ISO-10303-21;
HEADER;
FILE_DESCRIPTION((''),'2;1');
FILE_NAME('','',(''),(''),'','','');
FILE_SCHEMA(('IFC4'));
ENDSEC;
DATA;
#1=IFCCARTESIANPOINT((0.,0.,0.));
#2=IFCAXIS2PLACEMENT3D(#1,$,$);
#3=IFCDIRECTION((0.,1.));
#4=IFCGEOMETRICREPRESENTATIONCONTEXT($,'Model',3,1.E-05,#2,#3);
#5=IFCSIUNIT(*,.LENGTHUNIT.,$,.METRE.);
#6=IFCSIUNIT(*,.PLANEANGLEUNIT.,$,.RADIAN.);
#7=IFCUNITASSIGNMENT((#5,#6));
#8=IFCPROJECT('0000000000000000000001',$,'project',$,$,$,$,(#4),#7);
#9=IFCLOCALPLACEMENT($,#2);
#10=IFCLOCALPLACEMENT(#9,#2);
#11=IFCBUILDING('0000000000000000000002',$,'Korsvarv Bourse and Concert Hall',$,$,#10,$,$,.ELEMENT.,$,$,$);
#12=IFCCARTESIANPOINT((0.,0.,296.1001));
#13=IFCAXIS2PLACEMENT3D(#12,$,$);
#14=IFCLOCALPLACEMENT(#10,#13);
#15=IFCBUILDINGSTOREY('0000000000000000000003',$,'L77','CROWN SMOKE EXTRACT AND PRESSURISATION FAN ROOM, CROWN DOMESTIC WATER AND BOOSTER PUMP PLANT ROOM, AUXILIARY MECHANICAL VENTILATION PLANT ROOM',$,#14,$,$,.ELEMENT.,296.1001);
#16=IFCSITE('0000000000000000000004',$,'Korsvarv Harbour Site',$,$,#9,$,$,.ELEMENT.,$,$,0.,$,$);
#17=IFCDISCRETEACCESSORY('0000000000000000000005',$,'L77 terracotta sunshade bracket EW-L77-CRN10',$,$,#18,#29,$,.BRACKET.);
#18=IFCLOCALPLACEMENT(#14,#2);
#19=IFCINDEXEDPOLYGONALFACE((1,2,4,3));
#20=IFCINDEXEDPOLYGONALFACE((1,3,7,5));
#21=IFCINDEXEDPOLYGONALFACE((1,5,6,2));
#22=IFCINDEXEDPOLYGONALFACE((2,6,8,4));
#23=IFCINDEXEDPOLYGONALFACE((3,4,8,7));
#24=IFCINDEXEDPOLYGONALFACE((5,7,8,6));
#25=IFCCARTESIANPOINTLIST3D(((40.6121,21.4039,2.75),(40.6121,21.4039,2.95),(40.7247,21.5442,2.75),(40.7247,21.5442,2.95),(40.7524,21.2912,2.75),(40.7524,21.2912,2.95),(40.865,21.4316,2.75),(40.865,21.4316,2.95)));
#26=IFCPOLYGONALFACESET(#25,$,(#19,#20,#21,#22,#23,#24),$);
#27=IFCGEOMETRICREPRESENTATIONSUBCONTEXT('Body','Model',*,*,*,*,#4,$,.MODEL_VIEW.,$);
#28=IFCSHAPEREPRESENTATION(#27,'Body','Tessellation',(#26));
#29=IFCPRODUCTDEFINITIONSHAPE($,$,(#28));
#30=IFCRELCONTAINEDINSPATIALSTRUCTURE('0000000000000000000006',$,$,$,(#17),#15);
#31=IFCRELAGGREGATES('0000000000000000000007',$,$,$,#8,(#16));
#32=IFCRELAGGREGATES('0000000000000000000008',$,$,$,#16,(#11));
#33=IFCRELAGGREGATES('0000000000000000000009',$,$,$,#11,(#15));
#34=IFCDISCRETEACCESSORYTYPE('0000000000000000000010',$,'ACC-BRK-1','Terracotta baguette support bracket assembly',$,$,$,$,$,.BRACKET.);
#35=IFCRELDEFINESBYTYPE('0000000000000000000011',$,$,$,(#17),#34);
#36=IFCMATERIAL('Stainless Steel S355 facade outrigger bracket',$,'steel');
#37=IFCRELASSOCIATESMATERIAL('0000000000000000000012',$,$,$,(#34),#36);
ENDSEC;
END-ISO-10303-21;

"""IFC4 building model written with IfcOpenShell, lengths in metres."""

from ifc_helpers import new_model, si_unit, direction, frame, origin, origin_2d, place, context, subcontext, project, spatial, rectangle, extrude, source, transform, mapped, material, type_object, element, save


model = new_model("IFC4")

# Units and contexts
model_context = context("Model", 3, precision=1e-05, world=origin(), true_north=direction((0.0, 1.0)))
body_context = subcontext(model_context, "Body", "Model", "MODEL_VIEW")
ifc_project = project(units=[si_unit("LENGTHUNIT", "METRE"), si_unit("PLANEANGLEUNIT", "RADIAN")], contexts=[model_context])

# Site, building, storey
site_placement = place(None, origin())
site = spatial("IfcSite", under=ifc_project, at=site_placement, Name="Korsvarv Harbour Site", CompositionType="ELEMENT", RefElevation=0.0)
building_placement = place(site_placement, origin())
building = spatial("IfcBuilding", under=site, at=building_placement, Name="Korsvarv Bourse and Concert Hall", CompositionType="ELEMENT")
storey_placement = place(building_placement, frame((0.0, 0.0, 296.1001)))
storey = spatial("IfcBuildingStorey", under=building, at=storey_placement, Name="L77", Description="CROWN SMOKE EXTRACT AND PRESSURISATION FAN ROOM, CROWN DOMESTIC WATER AND BOOSTER PUMP PLANT ROOM, AUXILIARY MECHANICAL VENTILATION PLANT ROOM", CompositionType="ELEMENT", Elevation=296.1001)

# Discrete accessory
ifc_material_1 = material(Name="Stainless Steel S355 facade outrigger bracket", Category="steel")
discrete_accessory_type = type_object("IfcDiscreteAccessoryType", Name="ACC-BRK-1", Description="Terracotta baguette support bracket assembly", PredefinedType="BRACKET", material=ifc_material_1)
shared_shape_1 = source(origin(), body_context, "Body", "SweptSolid", [
    extrude(rectangle(XDim=0.1799, YDim=0.1799, at=origin_2d()), origin(), (0.0, 0.0, 1.0), 0.2),
])
for number, where, z_axis, x_axis, name in (
    (1, (40.7385, 21.4177, 2.75), (0.0, 0.0, 1.0), (0.625923, 0.779884, 0.0), "L77 terracotta sunshade bracket EW-L77-CRN10"),
):
    element("IfcDiscreteAccessory", number, at=place(storey_placement, frame(where, z_axis=z_axis, x_axis=x_axis)), inside=storey, type_object=discrete_accessory_type, Name=name, PredefinedType="BRACKET", context=body_context, shape_type="MappedRepresentation", body=[
        mapped(shared_shape_1, transform((0.0, 0.0, 0.0), scale=1.0)),
    ])

save(model, "model.ifc")
